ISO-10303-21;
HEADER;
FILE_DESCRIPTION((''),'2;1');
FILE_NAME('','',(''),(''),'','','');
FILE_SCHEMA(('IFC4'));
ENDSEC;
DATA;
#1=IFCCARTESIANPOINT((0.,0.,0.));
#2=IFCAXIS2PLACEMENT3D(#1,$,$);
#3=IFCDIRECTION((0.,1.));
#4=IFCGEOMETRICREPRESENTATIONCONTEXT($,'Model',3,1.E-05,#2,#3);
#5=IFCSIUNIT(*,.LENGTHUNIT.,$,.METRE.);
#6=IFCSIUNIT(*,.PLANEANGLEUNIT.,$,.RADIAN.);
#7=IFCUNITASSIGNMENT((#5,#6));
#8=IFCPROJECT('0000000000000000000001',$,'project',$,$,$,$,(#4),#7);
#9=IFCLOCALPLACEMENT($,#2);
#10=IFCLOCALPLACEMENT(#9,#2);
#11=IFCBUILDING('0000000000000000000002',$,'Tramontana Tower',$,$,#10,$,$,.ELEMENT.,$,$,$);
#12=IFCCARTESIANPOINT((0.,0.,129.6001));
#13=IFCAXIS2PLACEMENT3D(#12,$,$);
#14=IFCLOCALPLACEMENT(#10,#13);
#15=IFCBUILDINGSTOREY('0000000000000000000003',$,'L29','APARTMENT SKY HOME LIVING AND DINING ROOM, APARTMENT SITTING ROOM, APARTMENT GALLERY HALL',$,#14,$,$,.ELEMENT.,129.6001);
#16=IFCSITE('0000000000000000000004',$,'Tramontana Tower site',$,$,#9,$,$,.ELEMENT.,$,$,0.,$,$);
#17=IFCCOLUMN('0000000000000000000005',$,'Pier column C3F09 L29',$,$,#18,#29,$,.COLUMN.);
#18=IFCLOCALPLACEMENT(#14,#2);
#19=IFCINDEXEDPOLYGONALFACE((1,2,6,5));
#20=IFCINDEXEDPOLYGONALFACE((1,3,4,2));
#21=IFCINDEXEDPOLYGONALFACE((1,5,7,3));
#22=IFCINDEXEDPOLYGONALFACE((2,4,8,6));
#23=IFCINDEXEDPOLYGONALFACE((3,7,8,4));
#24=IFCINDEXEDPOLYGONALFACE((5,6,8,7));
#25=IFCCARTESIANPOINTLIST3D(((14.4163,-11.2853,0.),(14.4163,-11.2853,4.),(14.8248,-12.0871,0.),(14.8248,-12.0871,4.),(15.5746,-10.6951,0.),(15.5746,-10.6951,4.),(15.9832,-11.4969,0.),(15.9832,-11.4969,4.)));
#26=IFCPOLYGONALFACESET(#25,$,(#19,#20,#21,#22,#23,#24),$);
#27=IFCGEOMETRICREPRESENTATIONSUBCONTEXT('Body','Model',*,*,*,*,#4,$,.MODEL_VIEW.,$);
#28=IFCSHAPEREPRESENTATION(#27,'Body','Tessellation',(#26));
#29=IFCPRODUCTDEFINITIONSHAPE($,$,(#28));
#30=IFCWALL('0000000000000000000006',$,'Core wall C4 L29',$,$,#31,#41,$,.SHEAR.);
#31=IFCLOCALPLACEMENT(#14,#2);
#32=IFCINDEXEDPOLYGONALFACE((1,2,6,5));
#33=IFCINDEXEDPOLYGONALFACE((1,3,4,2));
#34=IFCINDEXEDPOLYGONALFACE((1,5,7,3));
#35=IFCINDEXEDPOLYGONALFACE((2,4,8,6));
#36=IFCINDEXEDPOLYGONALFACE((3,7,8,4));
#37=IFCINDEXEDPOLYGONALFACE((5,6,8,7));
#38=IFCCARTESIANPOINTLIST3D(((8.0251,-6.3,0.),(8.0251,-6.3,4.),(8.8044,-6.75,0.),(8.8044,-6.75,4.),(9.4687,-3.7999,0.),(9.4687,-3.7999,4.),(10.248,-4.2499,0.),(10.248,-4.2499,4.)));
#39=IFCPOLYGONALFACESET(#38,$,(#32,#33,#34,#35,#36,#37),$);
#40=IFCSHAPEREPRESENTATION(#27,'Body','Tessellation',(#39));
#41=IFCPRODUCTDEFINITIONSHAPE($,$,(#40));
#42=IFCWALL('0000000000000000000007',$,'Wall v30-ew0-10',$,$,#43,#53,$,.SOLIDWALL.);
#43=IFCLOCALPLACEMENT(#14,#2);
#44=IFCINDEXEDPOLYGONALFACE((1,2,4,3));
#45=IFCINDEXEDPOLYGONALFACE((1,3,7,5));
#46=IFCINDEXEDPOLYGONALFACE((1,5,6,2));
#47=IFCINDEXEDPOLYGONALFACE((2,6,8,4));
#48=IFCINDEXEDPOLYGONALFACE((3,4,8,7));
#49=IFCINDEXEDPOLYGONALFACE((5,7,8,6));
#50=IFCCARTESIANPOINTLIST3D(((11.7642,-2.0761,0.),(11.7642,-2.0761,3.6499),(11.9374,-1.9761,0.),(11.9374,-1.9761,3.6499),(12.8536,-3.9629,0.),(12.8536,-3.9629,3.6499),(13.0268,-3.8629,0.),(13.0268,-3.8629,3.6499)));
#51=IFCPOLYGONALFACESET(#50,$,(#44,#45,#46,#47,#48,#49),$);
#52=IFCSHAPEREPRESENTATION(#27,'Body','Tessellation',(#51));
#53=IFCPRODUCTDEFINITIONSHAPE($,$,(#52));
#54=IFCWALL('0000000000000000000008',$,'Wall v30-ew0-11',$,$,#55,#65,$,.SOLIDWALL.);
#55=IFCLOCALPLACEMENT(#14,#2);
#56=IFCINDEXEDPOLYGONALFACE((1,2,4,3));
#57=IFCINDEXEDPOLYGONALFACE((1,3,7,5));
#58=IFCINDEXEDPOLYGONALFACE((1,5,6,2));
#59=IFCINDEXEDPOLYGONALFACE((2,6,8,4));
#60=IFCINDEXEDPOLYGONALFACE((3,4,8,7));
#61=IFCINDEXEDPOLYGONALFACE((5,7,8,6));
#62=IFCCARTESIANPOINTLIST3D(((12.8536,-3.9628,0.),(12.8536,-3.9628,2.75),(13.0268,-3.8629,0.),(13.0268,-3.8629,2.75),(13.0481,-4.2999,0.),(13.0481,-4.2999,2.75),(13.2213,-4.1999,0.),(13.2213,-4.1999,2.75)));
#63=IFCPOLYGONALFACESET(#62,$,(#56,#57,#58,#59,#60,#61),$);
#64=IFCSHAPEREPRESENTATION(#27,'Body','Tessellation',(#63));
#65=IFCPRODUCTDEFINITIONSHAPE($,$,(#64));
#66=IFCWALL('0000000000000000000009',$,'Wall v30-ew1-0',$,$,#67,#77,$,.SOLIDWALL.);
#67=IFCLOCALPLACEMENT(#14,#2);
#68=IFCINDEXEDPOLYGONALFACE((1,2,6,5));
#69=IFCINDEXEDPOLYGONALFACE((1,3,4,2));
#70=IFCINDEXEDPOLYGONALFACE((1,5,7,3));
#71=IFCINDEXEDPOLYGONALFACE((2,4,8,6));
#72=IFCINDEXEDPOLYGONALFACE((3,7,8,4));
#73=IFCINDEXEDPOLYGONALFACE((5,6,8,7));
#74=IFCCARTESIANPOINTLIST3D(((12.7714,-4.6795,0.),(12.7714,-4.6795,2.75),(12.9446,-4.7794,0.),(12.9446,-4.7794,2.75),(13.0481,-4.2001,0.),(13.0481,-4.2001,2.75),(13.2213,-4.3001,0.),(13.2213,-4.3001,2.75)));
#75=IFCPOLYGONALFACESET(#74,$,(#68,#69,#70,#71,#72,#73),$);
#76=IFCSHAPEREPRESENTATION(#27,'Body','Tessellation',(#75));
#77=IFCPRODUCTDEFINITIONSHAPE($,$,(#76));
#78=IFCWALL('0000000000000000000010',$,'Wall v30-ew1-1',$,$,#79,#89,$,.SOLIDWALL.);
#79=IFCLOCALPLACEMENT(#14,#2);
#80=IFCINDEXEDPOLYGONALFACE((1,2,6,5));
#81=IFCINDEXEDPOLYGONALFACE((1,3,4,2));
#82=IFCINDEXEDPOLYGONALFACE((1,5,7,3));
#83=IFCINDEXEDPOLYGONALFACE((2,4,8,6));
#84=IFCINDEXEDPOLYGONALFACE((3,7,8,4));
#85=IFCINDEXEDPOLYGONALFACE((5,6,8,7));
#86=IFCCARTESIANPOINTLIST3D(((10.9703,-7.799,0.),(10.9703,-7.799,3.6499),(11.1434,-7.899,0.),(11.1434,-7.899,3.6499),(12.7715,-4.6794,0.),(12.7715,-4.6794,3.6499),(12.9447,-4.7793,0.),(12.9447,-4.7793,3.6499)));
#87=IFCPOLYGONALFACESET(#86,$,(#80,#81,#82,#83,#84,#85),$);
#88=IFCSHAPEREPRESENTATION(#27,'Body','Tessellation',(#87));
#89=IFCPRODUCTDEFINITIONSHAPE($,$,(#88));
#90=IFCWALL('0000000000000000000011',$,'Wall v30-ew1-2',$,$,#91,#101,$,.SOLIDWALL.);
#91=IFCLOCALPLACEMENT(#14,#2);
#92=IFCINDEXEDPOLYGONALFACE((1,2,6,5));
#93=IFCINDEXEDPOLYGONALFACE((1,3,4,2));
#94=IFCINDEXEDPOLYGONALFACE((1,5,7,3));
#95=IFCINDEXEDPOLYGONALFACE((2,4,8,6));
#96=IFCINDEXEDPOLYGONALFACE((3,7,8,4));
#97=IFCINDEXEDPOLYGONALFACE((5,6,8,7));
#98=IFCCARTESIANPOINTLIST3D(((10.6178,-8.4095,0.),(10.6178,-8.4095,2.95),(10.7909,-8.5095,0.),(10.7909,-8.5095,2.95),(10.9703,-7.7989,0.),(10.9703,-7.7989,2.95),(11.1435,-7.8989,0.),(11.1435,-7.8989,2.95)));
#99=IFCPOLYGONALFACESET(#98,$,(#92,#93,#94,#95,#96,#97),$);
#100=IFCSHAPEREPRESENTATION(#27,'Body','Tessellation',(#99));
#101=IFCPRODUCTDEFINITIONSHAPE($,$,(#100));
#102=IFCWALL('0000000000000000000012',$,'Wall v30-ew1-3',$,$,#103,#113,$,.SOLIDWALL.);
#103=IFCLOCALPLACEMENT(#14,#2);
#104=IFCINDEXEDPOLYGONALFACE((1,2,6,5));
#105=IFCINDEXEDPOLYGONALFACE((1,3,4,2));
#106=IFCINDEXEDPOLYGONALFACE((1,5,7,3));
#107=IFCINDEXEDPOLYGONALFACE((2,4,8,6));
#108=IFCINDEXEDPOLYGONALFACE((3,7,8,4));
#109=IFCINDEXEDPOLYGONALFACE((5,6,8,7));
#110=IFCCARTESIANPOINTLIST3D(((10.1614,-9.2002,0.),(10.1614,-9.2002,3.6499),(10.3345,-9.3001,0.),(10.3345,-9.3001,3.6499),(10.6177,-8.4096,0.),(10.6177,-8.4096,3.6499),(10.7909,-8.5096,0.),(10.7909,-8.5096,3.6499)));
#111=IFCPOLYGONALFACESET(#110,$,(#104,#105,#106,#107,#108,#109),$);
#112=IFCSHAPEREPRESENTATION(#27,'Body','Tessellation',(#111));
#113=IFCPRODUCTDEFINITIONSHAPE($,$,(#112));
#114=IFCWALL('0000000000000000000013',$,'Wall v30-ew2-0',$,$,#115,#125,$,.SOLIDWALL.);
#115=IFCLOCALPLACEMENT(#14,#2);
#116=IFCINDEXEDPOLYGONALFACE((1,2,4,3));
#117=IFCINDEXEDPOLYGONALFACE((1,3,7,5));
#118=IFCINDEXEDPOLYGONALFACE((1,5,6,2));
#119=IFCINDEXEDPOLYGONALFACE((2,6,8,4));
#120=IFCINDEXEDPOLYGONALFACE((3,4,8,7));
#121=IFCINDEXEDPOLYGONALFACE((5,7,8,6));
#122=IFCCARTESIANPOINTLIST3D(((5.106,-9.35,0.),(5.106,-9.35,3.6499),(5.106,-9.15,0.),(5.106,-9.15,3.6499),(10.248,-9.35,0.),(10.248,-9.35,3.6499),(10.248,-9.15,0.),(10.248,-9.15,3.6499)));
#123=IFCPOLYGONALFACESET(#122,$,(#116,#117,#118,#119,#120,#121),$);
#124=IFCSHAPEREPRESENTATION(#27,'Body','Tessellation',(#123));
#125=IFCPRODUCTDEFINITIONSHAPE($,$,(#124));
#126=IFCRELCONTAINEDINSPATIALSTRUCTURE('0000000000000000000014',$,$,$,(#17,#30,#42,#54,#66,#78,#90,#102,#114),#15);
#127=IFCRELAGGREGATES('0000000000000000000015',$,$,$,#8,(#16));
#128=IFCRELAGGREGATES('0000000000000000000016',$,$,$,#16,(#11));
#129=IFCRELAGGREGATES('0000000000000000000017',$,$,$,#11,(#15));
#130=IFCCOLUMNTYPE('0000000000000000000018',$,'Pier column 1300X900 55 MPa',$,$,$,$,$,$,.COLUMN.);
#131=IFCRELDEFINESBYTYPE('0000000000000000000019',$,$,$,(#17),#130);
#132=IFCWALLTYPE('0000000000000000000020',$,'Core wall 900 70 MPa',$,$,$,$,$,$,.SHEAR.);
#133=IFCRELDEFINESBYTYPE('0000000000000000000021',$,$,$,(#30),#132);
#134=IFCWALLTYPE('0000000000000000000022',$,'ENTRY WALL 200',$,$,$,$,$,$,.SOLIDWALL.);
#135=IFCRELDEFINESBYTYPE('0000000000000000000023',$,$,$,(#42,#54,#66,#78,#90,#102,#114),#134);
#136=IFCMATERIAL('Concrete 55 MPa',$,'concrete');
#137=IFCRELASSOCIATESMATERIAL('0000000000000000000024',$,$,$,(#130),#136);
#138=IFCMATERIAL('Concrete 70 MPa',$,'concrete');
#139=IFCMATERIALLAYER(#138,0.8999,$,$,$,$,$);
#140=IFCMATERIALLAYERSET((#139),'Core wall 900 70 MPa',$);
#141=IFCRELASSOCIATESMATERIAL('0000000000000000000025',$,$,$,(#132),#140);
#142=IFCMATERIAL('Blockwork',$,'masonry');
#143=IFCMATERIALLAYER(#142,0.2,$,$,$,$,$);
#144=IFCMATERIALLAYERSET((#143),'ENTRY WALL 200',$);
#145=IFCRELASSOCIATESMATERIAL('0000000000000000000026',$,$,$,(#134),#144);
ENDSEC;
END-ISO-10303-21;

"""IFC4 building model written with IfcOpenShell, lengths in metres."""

from ifc_helpers import new_model, si_unit, direction, frame, frame_2d, origin, origin_2d, place, context, subcontext, project, spatial, rectangle, extrude, material, layer, layer_set, material_profile, profile_set, type_object, element, save


model = new_model("IFC4")

# Units and contexts
model_context = context("Model", 3, precision=1e-05, world=origin(), true_north=direction((0.0, 1.0)))
body_context = subcontext(model_context, "Body", "Model", "MODEL_VIEW")
ifc_project = project(units=[si_unit("LENGTHUNIT", "METRE"), si_unit("PLANEANGLEUNIT", "RADIAN")], contexts=[model_context])

# Site, building, storey
site_placement = place(None, origin())
site = spatial("IfcSite", under=ifc_project, at=site_placement, Name="Tramontana Tower site", CompositionType="ELEMENT", RefElevation=0.0)
building_placement = place(site_placement, origin())
building = spatial("IfcBuilding", under=site, at=building_placement, Name="Tramontana Tower", CompositionType="ELEMENT")
storey_placement = place(building_placement, frame((0.0, 0.0, 129.6001)))
storey = spatial("IfcBuildingStorey", under=building, at=storey_placement, Name="L29", Description="APARTMENT SKY HOME LIVING AND DINING ROOM, APARTMENT SITTING ROOM, APARTMENT GALLERY HALL", CompositionType="ELEMENT", Elevation=129.6001)

# Column
ifc_material_1 = material(Name="Concrete 55 MPa", Category="concrete")
ifc_material_profile = material_profile(ifc_material_1, rectangle(XDim=1.3, YDim=0.8999, at=origin_2d()), Name="Pier column 1300X900 55 MPa")
ifc_profile_set = profile_set([ifc_material_profile], Name="Concrete 55 MPa")
column_type = type_object("IfcColumnType", Name="Pier column 1300X900 55 MPa", PredefinedType="COLUMN", material=ifc_profile_set)
column_placement = place(storey_placement, frame((15.1997, -11.3911, 0.0), z_axis=(0.0, 0.0, 1.0), x_axis=(0.891007, 0.45399, 0.0)))
element("IfcColumn", 1, at=column_placement, inside=storey, type_object=column_type, Name="Pier column C3F09 L29", PredefinedType="COLUMN", context=body_context, shape_type="SweptSolid", body=[
    extrude(rectangle(XDim=1.3, YDim=0.8999, at=origin_2d()), origin(), (0.0, 0.0, 1.0), 4.0),
])

# Wall
ifc_material_2 = material(Name="Concrete 70 MPa", Category="concrete")
ifc_layer_1 = layer(ifc_material_2, 0.8999)
ifc_layer_set_1 = layer_set([ifc_layer_1], Name="Core wall 900 70 MPa")
wall_type_1 = type_object("IfcWallType", Name="Core wall 900 70 MPa", PredefinedType="SHEAR", material=ifc_layer_set_1)
wall_1_placement = place(storey_placement, frame((8.4148, -6.5249, 0.0), z_axis=(0.0, 0.0, 1.0), x_axis=(0.500059, 0.865991, 0.0)))
element("IfcWall", 2, at=wall_1_placement, inside=storey, type_object=wall_type_1, Name="Core wall C4 L29", PredefinedType="SHEAR", context=body_context, shape_type="SweptSolid", body=[
    extrude(rectangle(XDim=2.887, YDim=0.8999, at=frame_2d((1.4434, 0.0))), origin(), (0.0, 0.0, 1.0), 4.0),
])

# Walls
ifc_material_3 = material(Name="Blockwork", Category="masonry")
ifc_layer_2 = layer(ifc_material_3, 0.2)
ifc_layer_set_2 = layer_set([ifc_layer_2], Name="ENTRY WALL 200")
wall_type_2 = type_object("IfcWallType", Name="ENTRY WALL 200", PredefinedType="SOLIDWALL", material=ifc_layer_set_2)
wall_2_placement = place(storey_placement, frame((11.8508, -2.0261, 0.0), z_axis=(0.0, 0.0, 1.0), x_axis=(0.50002, -0.866014, 0.0)))
element("IfcWall", 3, at=wall_2_placement, inside=storey, type_object=wall_type_2, Name="Wall v30-ew0-10", PredefinedType="SOLIDWALL", context=body_context, shape_type="SweptSolid", body=[
    extrude(rectangle(XDim=2.1787, YDim=0.2, at=frame_2d((1.0894, 0.0))), origin(), (0.0, 0.0, 1.0), 3.6499),
])
wall_3_placement = place(storey_placement, frame((12.9402, -3.9128, 0.0), z_axis=(0.0, 0.0, 1.0), x_axis=(0.499849, -0.866112, 0.0)))
element("IfcWall", 4, at=wall_3_placement, inside=storey, type_object=wall_type_2, Name="Wall v30-ew0-11", PredefinedType="SOLIDWALL", context=body_context, shape_type="SweptSolid", body=[
    extrude(rectangle(XDim=0.3892, YDim=0.2, at=frame_2d((0.1946, 0.0))), origin(), (0.0, 0.0, 1.0), 2.75),
])
wall_4_placement = place(storey_placement, frame((13.1348, -4.25, 0.0), z_axis=(0.0, 0.0, 1.0), x_axis=(-0.499888, -0.86609, 0.0)))
element("IfcWall", 5, at=wall_4_placement, inside=storey, type_object=wall_type_2, Name="Wall v30-ew1-0", PredefinedType="SOLIDWALL", context=body_context, shape_type="SweptSolid", body=[
    extrude(rectangle(XDim=0.5535, YDim=0.2, at=frame_2d((0.2769, 0.0))), origin(), (0.0, 0.0, 1.0), 2.75),
])
wall_5_placement = place(storey_placement, frame((12.8582, -4.7292, 0.0), z_axis=(0.0, 0.0, 1.0), x_axis=(-0.500031, -0.866007, 0.0)))
element("IfcWall", 6, at=wall_5_placement, inside=storey, type_object=wall_type_2, Name="Wall v30-ew1-1", PredefinedType="SOLIDWALL", context=body_context, shape_type="SweptSolid", body=[
    extrude(rectangle(XDim=3.6023, YDim=0.2, at=frame_2d((1.8013, 0.0))), origin(), (0.0, 0.0, 1.0), 3.6499),
])
wall_6_placement = place(storey_placement, frame((11.0569, -7.8489, 0.0), z_axis=(0.0, 0.0, 1.0), x_axis=(-0.500012, -0.866018, 0.0)))
element("IfcWall", 7, at=wall_6_placement, inside=storey, type_object=wall_type_2, Name="Wall v30-ew1-2", PredefinedType="SOLIDWALL", context=body_context, shape_type="SweptSolid", body=[
    extrude(rectangle(XDim=0.7051, YDim=0.2, at=frame_2d((0.3525, 0.0))), origin(), (0.0, 0.0, 1.0), 2.95),
])
wall_7_placement = place(storey_placement, frame((10.7043, -8.4595, 0.0), z_axis=(0.0, 0.0, 1.0), x_axis=(-0.499908, -0.866079, 0.0)))
element("IfcWall", 8, at=wall_7_placement, inside=storey, type_object=wall_type_2, Name="Wall v30-ew1-3", PredefinedType="SOLIDWALL", context=body_context, shape_type="SweptSolid", body=[
    extrude(rectangle(XDim=0.9128, YDim=0.2, at=frame_2d((0.4565, 0.0))), origin(), (0.0, 0.0, 1.0), 3.6499),
])
wall_8_placement = place(storey_placement, frame((10.248, -9.25, 0.0), z_axis=(0.0, 0.0, 1.0), x_axis=(-1.0, 0.0, 0.0)))
element("IfcWall", 9, at=wall_8_placement, inside=storey, type_object=wall_type_2, Name="Wall v30-ew2-0", PredefinedType="SOLIDWALL", context=body_context, shape_type="SweptSolid", body=[
    extrude(rectangle(XDim=5.1421, YDim=0.2, at=frame_2d((2.571, 0.0))), origin(), (0.0, 0.0, 1.0), 3.6499),
])

save(model, "model.ifc")
